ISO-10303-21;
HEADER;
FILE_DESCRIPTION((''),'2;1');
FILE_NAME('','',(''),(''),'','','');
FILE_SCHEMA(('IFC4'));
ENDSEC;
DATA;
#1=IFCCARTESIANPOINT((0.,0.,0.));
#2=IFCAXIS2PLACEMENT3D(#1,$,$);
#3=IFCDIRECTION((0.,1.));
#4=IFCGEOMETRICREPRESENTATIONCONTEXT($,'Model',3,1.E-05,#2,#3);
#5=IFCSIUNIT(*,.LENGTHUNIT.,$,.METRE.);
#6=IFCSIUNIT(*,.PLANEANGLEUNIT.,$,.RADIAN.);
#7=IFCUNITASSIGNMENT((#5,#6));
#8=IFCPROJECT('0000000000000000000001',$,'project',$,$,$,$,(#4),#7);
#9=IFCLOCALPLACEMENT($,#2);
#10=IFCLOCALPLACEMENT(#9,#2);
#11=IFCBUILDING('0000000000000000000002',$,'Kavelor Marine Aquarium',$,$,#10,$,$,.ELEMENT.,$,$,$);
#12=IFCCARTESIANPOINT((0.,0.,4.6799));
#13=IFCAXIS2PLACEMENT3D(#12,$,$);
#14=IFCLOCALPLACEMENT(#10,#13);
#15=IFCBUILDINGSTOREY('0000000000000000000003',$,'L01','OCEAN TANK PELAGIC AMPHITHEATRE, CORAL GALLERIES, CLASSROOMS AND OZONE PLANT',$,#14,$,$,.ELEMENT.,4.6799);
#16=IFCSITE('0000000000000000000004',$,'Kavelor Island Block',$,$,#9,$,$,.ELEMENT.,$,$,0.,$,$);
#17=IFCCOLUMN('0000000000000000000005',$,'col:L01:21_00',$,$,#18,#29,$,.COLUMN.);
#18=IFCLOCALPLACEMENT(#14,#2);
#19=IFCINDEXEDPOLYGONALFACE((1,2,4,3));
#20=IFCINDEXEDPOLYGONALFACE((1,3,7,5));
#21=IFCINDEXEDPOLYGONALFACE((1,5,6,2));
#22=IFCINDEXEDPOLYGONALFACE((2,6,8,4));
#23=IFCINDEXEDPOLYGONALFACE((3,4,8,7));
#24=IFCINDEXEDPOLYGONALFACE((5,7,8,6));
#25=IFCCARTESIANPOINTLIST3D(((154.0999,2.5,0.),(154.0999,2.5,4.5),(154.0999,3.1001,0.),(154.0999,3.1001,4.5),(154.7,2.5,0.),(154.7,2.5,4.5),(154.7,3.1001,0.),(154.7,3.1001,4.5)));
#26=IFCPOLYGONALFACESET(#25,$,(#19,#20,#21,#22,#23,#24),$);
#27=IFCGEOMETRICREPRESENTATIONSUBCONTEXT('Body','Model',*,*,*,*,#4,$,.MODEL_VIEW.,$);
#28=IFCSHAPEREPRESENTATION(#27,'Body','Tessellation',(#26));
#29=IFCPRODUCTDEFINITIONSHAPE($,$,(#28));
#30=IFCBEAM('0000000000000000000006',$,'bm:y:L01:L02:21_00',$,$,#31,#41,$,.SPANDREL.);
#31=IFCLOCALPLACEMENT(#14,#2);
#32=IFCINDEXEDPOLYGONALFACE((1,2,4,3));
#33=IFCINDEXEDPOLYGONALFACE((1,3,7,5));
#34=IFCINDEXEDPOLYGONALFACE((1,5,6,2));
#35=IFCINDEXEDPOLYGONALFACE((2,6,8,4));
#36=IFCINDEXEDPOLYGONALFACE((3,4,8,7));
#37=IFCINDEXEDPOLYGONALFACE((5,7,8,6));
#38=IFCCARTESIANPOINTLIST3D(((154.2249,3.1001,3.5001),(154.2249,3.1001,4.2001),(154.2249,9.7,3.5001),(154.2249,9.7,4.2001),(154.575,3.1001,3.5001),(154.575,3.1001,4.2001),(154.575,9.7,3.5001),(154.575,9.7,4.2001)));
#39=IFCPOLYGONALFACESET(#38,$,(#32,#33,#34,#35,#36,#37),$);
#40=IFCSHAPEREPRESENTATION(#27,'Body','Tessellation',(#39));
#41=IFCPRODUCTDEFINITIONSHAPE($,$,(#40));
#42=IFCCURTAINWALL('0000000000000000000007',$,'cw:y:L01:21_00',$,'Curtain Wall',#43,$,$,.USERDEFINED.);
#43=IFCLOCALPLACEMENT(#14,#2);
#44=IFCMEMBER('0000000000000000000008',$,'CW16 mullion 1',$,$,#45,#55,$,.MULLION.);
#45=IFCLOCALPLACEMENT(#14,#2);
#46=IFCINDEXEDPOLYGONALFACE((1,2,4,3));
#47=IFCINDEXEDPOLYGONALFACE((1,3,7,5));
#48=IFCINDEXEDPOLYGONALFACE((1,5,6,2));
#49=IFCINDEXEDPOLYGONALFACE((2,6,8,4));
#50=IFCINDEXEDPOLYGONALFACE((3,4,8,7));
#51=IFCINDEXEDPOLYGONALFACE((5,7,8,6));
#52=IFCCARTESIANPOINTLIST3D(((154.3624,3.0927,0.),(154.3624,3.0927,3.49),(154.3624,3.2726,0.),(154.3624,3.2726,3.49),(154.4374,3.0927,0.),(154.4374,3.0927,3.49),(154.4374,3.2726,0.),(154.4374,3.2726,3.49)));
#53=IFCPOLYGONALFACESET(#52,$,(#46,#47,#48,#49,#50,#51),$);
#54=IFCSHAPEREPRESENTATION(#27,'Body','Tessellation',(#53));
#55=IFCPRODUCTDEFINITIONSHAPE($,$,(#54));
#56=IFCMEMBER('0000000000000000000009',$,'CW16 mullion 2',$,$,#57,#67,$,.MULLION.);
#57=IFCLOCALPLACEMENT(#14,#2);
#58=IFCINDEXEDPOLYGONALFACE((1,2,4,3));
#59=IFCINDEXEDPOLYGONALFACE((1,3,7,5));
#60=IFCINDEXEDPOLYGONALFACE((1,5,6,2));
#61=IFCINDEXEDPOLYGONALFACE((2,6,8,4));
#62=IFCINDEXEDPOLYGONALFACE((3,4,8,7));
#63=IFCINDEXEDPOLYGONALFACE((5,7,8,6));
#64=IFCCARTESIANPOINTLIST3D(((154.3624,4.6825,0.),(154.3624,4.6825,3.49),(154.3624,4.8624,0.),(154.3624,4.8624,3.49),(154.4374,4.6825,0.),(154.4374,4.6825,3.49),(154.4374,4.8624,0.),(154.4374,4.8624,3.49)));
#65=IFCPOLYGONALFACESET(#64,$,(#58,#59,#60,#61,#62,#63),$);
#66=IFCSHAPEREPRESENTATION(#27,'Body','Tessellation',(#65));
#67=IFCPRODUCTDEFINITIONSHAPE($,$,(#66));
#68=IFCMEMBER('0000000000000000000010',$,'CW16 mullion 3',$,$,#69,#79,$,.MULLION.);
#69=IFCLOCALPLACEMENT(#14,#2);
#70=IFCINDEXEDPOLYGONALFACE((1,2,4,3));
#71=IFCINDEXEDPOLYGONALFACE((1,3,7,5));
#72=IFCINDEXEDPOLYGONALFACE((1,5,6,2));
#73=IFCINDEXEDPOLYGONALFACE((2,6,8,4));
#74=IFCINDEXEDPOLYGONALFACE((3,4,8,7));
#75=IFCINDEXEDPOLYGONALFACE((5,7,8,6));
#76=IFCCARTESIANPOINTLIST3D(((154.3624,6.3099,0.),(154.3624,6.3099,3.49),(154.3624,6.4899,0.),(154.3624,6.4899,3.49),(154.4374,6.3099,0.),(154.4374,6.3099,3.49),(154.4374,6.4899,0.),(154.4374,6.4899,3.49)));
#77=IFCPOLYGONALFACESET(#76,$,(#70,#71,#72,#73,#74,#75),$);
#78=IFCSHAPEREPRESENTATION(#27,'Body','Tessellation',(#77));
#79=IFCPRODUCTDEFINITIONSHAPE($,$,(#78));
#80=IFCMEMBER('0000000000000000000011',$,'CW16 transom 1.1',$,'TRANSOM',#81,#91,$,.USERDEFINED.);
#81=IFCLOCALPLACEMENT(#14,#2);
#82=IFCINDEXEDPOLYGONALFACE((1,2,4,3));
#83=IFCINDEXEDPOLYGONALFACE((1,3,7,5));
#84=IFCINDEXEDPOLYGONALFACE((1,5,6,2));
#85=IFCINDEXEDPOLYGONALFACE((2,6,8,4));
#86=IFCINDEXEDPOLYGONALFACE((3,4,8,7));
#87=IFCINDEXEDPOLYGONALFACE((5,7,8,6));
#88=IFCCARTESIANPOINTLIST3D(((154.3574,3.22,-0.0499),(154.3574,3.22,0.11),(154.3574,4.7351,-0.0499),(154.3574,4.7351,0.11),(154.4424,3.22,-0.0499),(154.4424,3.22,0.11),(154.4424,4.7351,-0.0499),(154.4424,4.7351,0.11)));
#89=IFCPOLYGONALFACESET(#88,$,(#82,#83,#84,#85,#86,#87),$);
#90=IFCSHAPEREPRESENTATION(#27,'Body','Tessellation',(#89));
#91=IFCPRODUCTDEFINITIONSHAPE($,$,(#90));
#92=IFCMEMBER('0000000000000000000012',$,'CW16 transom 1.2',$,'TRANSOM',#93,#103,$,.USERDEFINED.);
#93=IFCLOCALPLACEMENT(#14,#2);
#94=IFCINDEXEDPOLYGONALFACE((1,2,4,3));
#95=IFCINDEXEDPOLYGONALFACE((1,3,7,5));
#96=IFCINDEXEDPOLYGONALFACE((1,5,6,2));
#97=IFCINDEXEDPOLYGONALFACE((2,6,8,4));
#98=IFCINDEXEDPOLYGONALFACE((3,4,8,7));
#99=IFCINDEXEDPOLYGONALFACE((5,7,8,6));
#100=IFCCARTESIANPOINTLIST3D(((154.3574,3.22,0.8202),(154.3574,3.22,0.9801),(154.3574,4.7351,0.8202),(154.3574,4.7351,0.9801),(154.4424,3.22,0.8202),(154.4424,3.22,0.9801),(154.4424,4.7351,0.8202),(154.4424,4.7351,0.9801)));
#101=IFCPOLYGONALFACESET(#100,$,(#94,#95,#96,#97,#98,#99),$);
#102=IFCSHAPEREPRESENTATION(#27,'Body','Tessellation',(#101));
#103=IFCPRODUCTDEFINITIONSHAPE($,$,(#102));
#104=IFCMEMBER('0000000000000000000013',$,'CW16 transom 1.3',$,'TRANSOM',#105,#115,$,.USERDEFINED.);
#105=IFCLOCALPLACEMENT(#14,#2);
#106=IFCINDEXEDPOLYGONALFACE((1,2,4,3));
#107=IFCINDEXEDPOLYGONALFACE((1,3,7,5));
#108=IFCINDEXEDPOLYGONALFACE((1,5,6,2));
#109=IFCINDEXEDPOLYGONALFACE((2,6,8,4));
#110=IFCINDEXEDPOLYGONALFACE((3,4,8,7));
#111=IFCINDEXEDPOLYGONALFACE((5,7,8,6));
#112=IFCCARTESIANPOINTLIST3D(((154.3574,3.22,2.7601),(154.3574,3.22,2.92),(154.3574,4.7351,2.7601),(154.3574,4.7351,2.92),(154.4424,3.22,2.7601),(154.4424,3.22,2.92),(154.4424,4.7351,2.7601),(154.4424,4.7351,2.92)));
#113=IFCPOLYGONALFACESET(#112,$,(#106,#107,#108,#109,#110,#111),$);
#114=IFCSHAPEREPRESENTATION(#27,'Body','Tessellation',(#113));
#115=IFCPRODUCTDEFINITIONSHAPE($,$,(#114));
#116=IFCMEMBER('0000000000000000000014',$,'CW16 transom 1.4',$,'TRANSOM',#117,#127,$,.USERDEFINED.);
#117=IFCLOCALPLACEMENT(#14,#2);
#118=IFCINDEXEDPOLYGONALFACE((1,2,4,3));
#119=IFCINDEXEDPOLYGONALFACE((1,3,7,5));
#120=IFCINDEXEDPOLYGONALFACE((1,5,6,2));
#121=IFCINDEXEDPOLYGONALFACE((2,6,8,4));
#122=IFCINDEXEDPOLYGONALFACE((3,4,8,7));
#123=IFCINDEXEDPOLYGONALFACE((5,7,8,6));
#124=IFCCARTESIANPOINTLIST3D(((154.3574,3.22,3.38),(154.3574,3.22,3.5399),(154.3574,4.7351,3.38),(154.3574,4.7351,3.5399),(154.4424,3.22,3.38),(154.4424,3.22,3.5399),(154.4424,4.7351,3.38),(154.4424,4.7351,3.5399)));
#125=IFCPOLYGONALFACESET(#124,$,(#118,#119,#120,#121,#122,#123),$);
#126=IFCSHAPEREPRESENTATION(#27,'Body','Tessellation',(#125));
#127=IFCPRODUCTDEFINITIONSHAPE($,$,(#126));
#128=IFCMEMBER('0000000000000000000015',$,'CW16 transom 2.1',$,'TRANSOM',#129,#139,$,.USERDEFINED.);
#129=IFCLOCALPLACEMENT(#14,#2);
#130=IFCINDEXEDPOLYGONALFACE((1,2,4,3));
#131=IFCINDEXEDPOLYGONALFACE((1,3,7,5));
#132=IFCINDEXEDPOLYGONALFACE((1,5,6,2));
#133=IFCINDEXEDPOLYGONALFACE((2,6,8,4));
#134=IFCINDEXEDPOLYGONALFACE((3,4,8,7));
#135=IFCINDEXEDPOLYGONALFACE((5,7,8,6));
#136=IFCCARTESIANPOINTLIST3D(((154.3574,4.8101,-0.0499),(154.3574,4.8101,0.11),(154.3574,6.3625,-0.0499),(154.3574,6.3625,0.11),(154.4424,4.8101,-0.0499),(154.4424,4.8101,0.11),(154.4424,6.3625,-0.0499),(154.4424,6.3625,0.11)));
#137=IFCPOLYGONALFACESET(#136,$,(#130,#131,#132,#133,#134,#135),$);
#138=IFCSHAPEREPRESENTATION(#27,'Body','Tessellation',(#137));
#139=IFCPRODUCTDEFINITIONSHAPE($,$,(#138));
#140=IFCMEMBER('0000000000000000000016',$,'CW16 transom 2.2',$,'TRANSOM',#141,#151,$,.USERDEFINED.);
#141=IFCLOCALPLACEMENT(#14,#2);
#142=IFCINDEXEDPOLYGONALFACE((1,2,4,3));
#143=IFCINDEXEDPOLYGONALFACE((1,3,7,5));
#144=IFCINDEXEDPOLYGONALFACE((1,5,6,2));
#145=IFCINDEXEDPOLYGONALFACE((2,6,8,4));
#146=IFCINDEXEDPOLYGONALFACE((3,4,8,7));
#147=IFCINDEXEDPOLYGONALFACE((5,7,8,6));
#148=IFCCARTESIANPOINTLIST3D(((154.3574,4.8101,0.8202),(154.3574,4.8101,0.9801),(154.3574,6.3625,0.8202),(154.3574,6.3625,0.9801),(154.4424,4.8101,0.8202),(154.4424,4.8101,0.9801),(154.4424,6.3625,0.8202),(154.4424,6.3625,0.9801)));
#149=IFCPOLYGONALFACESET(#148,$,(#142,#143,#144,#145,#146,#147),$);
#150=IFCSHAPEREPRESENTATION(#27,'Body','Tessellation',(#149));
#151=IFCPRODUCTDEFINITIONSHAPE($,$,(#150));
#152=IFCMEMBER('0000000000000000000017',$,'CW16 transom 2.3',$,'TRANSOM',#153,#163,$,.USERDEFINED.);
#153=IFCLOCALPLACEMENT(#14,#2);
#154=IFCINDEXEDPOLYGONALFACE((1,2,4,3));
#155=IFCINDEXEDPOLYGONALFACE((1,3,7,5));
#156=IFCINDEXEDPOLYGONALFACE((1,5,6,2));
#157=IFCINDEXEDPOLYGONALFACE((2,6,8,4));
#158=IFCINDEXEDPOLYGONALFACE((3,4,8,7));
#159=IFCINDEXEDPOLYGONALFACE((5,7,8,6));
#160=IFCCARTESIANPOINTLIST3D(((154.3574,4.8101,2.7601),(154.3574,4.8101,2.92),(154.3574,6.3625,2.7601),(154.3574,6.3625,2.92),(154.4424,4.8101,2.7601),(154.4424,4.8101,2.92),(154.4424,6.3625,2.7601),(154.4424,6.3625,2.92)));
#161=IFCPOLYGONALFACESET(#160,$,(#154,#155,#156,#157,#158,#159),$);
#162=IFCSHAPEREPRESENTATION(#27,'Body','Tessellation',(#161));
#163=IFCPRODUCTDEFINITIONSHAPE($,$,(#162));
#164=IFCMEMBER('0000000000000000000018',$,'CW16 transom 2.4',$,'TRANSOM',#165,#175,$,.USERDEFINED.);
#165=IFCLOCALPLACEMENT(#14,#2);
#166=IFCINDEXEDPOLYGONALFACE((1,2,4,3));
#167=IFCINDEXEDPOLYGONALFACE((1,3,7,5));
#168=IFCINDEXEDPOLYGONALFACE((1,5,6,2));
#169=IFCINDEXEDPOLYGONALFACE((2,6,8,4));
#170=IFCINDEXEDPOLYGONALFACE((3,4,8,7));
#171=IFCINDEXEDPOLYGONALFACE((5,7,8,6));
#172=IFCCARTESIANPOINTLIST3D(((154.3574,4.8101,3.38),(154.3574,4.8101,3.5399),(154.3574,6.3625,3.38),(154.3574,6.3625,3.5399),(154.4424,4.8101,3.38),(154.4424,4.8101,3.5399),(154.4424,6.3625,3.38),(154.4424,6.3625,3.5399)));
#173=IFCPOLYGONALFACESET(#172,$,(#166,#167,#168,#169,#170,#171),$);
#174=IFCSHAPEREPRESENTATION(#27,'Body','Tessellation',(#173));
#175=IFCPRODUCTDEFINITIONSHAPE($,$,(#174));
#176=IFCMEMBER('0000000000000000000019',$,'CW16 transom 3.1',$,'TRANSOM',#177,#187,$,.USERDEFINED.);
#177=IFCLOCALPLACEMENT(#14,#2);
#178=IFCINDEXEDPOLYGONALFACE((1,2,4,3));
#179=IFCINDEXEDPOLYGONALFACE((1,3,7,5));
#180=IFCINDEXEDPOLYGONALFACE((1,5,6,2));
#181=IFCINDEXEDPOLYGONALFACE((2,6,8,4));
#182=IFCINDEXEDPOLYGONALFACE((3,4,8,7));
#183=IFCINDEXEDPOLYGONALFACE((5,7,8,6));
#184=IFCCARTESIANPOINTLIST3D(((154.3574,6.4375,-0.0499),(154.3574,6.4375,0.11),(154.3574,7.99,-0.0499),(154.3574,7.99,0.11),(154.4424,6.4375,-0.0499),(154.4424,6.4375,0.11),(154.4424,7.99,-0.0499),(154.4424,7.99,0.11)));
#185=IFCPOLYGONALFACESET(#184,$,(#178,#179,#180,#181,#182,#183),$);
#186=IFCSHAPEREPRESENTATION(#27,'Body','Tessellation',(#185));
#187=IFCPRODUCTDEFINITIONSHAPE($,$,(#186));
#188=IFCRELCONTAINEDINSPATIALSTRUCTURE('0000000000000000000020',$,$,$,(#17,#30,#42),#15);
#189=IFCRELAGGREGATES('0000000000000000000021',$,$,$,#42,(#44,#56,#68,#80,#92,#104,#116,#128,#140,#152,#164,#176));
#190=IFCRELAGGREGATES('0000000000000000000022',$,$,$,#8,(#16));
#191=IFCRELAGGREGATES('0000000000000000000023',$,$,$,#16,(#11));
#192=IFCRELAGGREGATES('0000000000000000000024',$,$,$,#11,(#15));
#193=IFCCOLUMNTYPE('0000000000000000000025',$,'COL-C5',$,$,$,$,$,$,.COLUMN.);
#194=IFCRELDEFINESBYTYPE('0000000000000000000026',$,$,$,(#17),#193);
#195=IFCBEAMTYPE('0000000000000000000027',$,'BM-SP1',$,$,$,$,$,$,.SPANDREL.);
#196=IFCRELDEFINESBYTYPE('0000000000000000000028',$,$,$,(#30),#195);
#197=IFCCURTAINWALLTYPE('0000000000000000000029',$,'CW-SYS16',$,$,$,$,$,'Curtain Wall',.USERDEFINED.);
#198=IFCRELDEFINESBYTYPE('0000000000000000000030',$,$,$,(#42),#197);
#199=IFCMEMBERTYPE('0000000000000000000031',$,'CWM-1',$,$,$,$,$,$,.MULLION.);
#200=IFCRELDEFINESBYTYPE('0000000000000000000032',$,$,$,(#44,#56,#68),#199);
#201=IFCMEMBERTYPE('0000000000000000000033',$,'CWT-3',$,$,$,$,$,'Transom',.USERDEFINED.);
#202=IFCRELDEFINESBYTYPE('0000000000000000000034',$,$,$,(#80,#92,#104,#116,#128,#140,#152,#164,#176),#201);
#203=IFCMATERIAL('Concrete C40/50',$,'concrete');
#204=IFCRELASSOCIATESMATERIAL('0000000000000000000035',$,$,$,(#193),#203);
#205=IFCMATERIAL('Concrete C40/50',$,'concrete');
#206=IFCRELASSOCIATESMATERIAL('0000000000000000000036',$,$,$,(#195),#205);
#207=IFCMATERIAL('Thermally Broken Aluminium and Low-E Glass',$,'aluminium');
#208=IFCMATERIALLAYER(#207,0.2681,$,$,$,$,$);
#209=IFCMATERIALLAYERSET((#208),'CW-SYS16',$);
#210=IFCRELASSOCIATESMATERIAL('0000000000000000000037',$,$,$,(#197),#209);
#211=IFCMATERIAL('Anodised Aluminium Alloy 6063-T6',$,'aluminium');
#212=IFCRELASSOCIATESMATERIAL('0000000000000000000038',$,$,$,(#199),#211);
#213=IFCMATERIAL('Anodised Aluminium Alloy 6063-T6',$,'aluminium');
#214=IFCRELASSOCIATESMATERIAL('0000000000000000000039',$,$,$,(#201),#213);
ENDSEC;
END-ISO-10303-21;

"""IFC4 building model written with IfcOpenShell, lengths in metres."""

from ifc_helpers import new_model, si_unit, direction, frame, origin, origin_2d, place, context, subcontext, project, spatial, rectangle, extrude, material, layer, layer_set, material_profile, profile_set, type_object, element, aggregate, save


model = new_model("IFC4")

# Units and contexts
model_context = context("Model", 3, precision=1e-05, world=origin(), true_north=direction((0.0, 1.0)))
body_context = subcontext(model_context, "Body", "Model", "MODEL_VIEW")
ifc_project = project(units=[si_unit("LENGTHUNIT", "METRE"), si_unit("PLANEANGLEUNIT", "RADIAN")], contexts=[model_context])

# Site, building, storey
site_placement = place(None, origin())
site = spatial("IfcSite", under=ifc_project, at=site_placement, Name="Kavelor Island Block", CompositionType="ELEMENT", RefElevation=0.0)
building_placement = place(site_placement, origin())
building = spatial("IfcBuilding", under=site, at=building_placement, Name="Kavelor Marine Aquarium", CompositionType="ELEMENT")
storey_placement = place(building_placement, frame((0.0, 0.0, 4.6799)))
storey = spatial("IfcBuildingStorey", under=building, at=storey_placement, Name="L01", Description="OCEAN TANK PELAGIC AMPHITHEATRE, CORAL GALLERIES, CLASSROOMS AND OZONE PLANT", CompositionType="ELEMENT", Elevation=4.6799)

# Column
ifc_material_1 = material(Name="Concrete C40/50", Category="concrete")
ifc_material_profile_1 = material_profile(ifc_material_1, rectangle(XDim=0.6001, YDim=0.6001, at=origin_2d()), Name="RC-COL 600x600")
ifc_profile_set_1 = profile_set([ifc_material_profile_1], Name="Concrete C40/50")
column_type = type_object("IfcColumnType", Name="COL-C5", PredefinedType="COLUMN", material=ifc_profile_set_1)
column_placement = place(storey_placement, frame((154.3999, 2.8, 0.0), z_axis=(0.0, 0.0, 1.0), x_axis=(1.0, 0.0, 0.0)))
element("IfcColumn", 1, at=column_placement, inside=storey, type_object=column_type, Name="col:L01:21_00", PredefinedType="COLUMN", context=body_context, shape_type="SweptSolid", body=[
    extrude(rectangle(XDim=0.6001, YDim=0.6001, at=origin_2d()), origin(), (0.0, 0.0, 1.0), 4.5),
])

# Beam
ifc_material_2 = material(Name="Concrete C40/50", Category="concrete")
ifc_material_profile_2 = material_profile(ifc_material_2, rectangle(XDim=0.3501, YDim=0.7, at=origin_2d()), Name="RC-SP 350x700")
ifc_profile_set_2 = profile_set([ifc_material_profile_2], Name="Concrete C40/50")
beam_type = type_object("IfcBeamType", Name="BM-SP1", PredefinedType="SPANDREL", material=ifc_profile_set_2)
beam_placement = place(storey_placement, frame((154.3999, 3.1001, 3.8501), z_axis=(0.0, 1.0, 0.0), x_axis=(-1.0, 0.0, 0.0)))
element("IfcBeam", 2, at=beam_placement, inside=storey, type_object=beam_type, Name="bm:y:L01:L02:21_00", PredefinedType="SPANDREL", context=body_context, shape_type="SweptSolid", body=[
    extrude(rectangle(XDim=0.3501, YDim=0.7, at=origin_2d()), origin(), (0.0, 0.0, 1.0), 6.5999),
])

# Curtain wall, members
ifc_material_3 = material(Name="Thermally Broken Aluminium and Low-E Glass", Category="aluminium")
ifc_layer_1 = layer(ifc_material_3, 0.2681)
ifc_layer_set_1 = layer_set([ifc_layer_1], Name="CW-SYS16")
curtain_wall_type = type_object("IfcCurtainWallType", Name="CW-SYS16", ElementType="Curtain Wall", PredefinedType="USERDEFINED", material=ifc_layer_set_1)
curtain_wall_placement = place(storey_placement, origin())
curtain_wall = element("IfcCurtainWall", 3, at=curtain_wall_placement, inside=storey, type_object=curtain_wall_type, Name="cw:y:L01:21_00", ObjectType="Curtain Wall", PredefinedType="USERDEFINED")
ifc_material_4 = material(Name="Anodised Aluminium Alloy 6063-T6", Category="aluminium")
ifc_material_profile_3 = material_profile(ifc_material_4, rectangle(XDim=0.075, YDim=0.1799, at=origin_2d()), Name="CW-MUL 75x180")
ifc_profile_set_3 = profile_set([ifc_material_profile_3], Name="Anodised Aluminium Alloy 6063-T6")
member_type_1 = type_object("IfcMemberType", Name="CWM-1", PredefinedType="MULLION", material=ifc_profile_set_3)
member_1_placement = place(storey_placement, frame((154.3999, 3.1826, 0.0), z_axis=(0.0, 0.0, 1.0), x_axis=(-1.0, 0.0, 0.0)))
member_1 = element("IfcMember", 4, at=member_1_placement, type_object=member_type_1, Name="CW16 mullion 1", PredefinedType="MULLION", context=body_context, shape_type="SweptSolid", body=[
    extrude(rectangle(XDim=0.075, YDim=0.1799, at=origin_2d()), origin(), (0.0, 0.0, 1.0), 3.49),
])
member_2_placement = place(storey_placement, frame((154.3999, 4.7725, 0.0), z_axis=(0.0, 0.0, 1.0), x_axis=(-1.0, 0.0, 0.0)))
member_2 = element("IfcMember", 5, at=member_2_placement, type_object=member_type_1, Name="CW16 mullion 2", PredefinedType="MULLION", context=body_context, shape_type="SweptSolid", body=[
    extrude(rectangle(XDim=0.075, YDim=0.1799, at=origin_2d()), origin(), (0.0, 0.0, 1.0), 3.49),
])
member_3_placement = place(storey_placement, frame((154.3999, 6.3999, 0.0), z_axis=(0.0, 0.0, 1.0), x_axis=(-1.0, 0.0, 0.0)))
member_3 = element("IfcMember", 6, at=member_3_placement, type_object=member_type_1, Name="CW16 mullion 3", PredefinedType="MULLION", context=body_context, shape_type="SweptSolid", body=[
    extrude(rectangle(XDim=0.075, YDim=0.1799, at=origin_2d()), origin(), (0.0, 0.0, 1.0), 3.49),
])
ifc_material_5 = material(Name="Anodised Aluminium Alloy 6063-T6", Category="aluminium")
ifc_material_profile_4 = material_profile(ifc_material_5, rectangle(XDim=0.085, YDim=0.1599, at=origin_2d()), Name="CW-TRN 85x160")
ifc_profile_set_4 = profile_set([ifc_material_profile_4], Name="Anodised Aluminium Alloy 6063-T6")
member_type_2 = type_object("IfcMemberType", Name="CWT-3", ElementType="Transom", PredefinedType="USERDEFINED", material=ifc_profile_set_4)
member_4_placement = place(storey_placement, frame((154.3999, 3.22, 0.03), z_axis=(0.0, 1.0, 0.0), x_axis=(-1.0, 0.0, 0.0)))
member_4 = element("IfcMember", 7, at=member_4_placement, type_object=member_type_2, Name="CW16 transom 1.1", ObjectType="TRANSOM", PredefinedType="USERDEFINED", context=body_context, shape_type="SweptSolid", body=[
    extrude(rectangle(XDim=0.085, YDim=0.1599, at=origin_2d()), origin(), (0.0, 0.0, 1.0), 1.5151),
])
member_5_placement = place(storey_placement, frame((154.3999, 3.22, 0.9001), z_axis=(0.0, 1.0, 0.0), x_axis=(-1.0, 0.0, 0.0)))
member_5 = element("IfcMember", 8, at=member_5_placement, type_object=member_type_2, Name="CW16 transom 1.2", ObjectType="TRANSOM", PredefinedType="USERDEFINED", context=body_context, shape_type="SweptSolid", body=[
    extrude(rectangle(XDim=0.085, YDim=0.1599, at=origin_2d()), origin(), (0.0, 0.0, 1.0), 1.5151),
])
member_6_placement = place(storey_placement, frame((154.3999, 3.22, 2.8401), z_axis=(0.0, 1.0, 0.0), x_axis=(-1.0, 0.0, 0.0)))
member_6 = element("IfcMember", 9, at=member_6_placement, type_object=member_type_2, Name="CW16 transom 1.3", ObjectType="TRANSOM", PredefinedType="USERDEFINED", context=body_context, shape_type="SweptSolid", body=[
    extrude(rectangle(XDim=0.085, YDim=0.1599, at=origin_2d()), origin(), (0.0, 0.0, 1.0), 1.5151),
])
member_7_placement = place(storey_placement, frame((154.3999, 3.22, 3.46), z_axis=(0.0, 1.0, 0.0), x_axis=(-1.0, 0.0, 0.0)))
member_7 = element("IfcMember", 10, at=member_7_placement, type_object=member_type_2, Name="CW16 transom 1.4", ObjectType="TRANSOM", PredefinedType="USERDEFINED", context=body_context, shape_type="SweptSolid", body=[
    extrude(rectangle(XDim=0.085, YDim=0.1599, at=origin_2d()), origin(), (0.0, 0.0, 1.0), 1.5151),
])
member_8_placement = place(storey_placement, frame((154.3999, 4.8101, 0.03), z_axis=(0.0, 1.0, 0.0), x_axis=(-1.0, 0.0, 0.0)))
member_8 = element("IfcMember", 11, at=member_8_placement, type_object=member_type_2, Name="CW16 transom 2.1", ObjectType="TRANSOM", PredefinedType="USERDEFINED", context=body_context, shape_type="SweptSolid", body=[
    extrude(rectangle(XDim=0.085, YDim=0.1599, at=origin_2d()), origin(), (0.0, 0.0, 1.0), 1.5525),
])
member_9_placement = place(storey_placement, frame((154.3999, 4.8101, 0.9001), z_axis=(0.0, 1.0, 0.0), x_axis=(-1.0, 0.0, 0.0)))
member_9 = element("IfcMember", 12, at=member_9_placement, type_object=member_type_2, Name="CW16 transom 2.2", ObjectType="TRANSOM", PredefinedType="USERDEFINED", context=body_context, shape_type="SweptSolid", body=[
    extrude(rectangle(XDim=0.085, YDim=0.1599, at=origin_2d()), origin(), (0.0, 0.0, 1.0), 1.5525),
])
member_10_placement = place(storey_placement, frame((154.3999, 4.8101, 2.8401), z_axis=(0.0, 1.0, 0.0), x_axis=(-1.0, 0.0, 0.0)))
member_10 = element("IfcMember", 13, at=member_10_placement, type_object=member_type_2, Name="CW16 transom 2.3", ObjectType="TRANSOM", PredefinedType="USERDEFINED", context=body_context, shape_type="SweptSolid", body=[
    extrude(rectangle(XDim=0.085, YDim=0.1599, at=origin_2d()), origin(), (0.0, 0.0, 1.0), 1.5525),
])
member_11_placement = place(storey_placement, frame((154.3999, 4.8101, 3.46), z_axis=(0.0, 1.0, 0.0), x_axis=(-1.0, 0.0, 0.0)))
member_11 = element("IfcMember", 14, at=member_11_placement, type_object=member_type_2, Name="CW16 transom 2.4", ObjectType="TRANSOM", PredefinedType="USERDEFINED", context=body_context, shape_type="SweptSolid", body=[
    extrude(rectangle(XDim=0.085, YDim=0.1599, at=origin_2d()), origin(), (0.0, 0.0, 1.0), 1.5525),
])
member_12_placement = place(storey_placement, frame((154.3999, 6.4375, 0.03), z_axis=(0.0, 1.0, 0.0), x_axis=(-1.0, 0.0, 0.0)))
member_12 = element("IfcMember", 15, at=member_12_placement, type_object=member_type_2, Name="CW16 transom 3.1", ObjectType="TRANSOM", PredefinedType="USERDEFINED", context=body_context, shape_type="SweptSolid", body=[
    extrude(rectangle(XDim=0.085, YDim=0.1599, at=origin_2d()), origin(), (0.0, 0.0, 1.0), 1.5525),
])
aggregate(curtain_wall, [member_1, member_2, member_3, member_4, member_5, member_6, member_7, member_8, member_9, member_10, member_11, member_12])

save(model, "model.ifc")
